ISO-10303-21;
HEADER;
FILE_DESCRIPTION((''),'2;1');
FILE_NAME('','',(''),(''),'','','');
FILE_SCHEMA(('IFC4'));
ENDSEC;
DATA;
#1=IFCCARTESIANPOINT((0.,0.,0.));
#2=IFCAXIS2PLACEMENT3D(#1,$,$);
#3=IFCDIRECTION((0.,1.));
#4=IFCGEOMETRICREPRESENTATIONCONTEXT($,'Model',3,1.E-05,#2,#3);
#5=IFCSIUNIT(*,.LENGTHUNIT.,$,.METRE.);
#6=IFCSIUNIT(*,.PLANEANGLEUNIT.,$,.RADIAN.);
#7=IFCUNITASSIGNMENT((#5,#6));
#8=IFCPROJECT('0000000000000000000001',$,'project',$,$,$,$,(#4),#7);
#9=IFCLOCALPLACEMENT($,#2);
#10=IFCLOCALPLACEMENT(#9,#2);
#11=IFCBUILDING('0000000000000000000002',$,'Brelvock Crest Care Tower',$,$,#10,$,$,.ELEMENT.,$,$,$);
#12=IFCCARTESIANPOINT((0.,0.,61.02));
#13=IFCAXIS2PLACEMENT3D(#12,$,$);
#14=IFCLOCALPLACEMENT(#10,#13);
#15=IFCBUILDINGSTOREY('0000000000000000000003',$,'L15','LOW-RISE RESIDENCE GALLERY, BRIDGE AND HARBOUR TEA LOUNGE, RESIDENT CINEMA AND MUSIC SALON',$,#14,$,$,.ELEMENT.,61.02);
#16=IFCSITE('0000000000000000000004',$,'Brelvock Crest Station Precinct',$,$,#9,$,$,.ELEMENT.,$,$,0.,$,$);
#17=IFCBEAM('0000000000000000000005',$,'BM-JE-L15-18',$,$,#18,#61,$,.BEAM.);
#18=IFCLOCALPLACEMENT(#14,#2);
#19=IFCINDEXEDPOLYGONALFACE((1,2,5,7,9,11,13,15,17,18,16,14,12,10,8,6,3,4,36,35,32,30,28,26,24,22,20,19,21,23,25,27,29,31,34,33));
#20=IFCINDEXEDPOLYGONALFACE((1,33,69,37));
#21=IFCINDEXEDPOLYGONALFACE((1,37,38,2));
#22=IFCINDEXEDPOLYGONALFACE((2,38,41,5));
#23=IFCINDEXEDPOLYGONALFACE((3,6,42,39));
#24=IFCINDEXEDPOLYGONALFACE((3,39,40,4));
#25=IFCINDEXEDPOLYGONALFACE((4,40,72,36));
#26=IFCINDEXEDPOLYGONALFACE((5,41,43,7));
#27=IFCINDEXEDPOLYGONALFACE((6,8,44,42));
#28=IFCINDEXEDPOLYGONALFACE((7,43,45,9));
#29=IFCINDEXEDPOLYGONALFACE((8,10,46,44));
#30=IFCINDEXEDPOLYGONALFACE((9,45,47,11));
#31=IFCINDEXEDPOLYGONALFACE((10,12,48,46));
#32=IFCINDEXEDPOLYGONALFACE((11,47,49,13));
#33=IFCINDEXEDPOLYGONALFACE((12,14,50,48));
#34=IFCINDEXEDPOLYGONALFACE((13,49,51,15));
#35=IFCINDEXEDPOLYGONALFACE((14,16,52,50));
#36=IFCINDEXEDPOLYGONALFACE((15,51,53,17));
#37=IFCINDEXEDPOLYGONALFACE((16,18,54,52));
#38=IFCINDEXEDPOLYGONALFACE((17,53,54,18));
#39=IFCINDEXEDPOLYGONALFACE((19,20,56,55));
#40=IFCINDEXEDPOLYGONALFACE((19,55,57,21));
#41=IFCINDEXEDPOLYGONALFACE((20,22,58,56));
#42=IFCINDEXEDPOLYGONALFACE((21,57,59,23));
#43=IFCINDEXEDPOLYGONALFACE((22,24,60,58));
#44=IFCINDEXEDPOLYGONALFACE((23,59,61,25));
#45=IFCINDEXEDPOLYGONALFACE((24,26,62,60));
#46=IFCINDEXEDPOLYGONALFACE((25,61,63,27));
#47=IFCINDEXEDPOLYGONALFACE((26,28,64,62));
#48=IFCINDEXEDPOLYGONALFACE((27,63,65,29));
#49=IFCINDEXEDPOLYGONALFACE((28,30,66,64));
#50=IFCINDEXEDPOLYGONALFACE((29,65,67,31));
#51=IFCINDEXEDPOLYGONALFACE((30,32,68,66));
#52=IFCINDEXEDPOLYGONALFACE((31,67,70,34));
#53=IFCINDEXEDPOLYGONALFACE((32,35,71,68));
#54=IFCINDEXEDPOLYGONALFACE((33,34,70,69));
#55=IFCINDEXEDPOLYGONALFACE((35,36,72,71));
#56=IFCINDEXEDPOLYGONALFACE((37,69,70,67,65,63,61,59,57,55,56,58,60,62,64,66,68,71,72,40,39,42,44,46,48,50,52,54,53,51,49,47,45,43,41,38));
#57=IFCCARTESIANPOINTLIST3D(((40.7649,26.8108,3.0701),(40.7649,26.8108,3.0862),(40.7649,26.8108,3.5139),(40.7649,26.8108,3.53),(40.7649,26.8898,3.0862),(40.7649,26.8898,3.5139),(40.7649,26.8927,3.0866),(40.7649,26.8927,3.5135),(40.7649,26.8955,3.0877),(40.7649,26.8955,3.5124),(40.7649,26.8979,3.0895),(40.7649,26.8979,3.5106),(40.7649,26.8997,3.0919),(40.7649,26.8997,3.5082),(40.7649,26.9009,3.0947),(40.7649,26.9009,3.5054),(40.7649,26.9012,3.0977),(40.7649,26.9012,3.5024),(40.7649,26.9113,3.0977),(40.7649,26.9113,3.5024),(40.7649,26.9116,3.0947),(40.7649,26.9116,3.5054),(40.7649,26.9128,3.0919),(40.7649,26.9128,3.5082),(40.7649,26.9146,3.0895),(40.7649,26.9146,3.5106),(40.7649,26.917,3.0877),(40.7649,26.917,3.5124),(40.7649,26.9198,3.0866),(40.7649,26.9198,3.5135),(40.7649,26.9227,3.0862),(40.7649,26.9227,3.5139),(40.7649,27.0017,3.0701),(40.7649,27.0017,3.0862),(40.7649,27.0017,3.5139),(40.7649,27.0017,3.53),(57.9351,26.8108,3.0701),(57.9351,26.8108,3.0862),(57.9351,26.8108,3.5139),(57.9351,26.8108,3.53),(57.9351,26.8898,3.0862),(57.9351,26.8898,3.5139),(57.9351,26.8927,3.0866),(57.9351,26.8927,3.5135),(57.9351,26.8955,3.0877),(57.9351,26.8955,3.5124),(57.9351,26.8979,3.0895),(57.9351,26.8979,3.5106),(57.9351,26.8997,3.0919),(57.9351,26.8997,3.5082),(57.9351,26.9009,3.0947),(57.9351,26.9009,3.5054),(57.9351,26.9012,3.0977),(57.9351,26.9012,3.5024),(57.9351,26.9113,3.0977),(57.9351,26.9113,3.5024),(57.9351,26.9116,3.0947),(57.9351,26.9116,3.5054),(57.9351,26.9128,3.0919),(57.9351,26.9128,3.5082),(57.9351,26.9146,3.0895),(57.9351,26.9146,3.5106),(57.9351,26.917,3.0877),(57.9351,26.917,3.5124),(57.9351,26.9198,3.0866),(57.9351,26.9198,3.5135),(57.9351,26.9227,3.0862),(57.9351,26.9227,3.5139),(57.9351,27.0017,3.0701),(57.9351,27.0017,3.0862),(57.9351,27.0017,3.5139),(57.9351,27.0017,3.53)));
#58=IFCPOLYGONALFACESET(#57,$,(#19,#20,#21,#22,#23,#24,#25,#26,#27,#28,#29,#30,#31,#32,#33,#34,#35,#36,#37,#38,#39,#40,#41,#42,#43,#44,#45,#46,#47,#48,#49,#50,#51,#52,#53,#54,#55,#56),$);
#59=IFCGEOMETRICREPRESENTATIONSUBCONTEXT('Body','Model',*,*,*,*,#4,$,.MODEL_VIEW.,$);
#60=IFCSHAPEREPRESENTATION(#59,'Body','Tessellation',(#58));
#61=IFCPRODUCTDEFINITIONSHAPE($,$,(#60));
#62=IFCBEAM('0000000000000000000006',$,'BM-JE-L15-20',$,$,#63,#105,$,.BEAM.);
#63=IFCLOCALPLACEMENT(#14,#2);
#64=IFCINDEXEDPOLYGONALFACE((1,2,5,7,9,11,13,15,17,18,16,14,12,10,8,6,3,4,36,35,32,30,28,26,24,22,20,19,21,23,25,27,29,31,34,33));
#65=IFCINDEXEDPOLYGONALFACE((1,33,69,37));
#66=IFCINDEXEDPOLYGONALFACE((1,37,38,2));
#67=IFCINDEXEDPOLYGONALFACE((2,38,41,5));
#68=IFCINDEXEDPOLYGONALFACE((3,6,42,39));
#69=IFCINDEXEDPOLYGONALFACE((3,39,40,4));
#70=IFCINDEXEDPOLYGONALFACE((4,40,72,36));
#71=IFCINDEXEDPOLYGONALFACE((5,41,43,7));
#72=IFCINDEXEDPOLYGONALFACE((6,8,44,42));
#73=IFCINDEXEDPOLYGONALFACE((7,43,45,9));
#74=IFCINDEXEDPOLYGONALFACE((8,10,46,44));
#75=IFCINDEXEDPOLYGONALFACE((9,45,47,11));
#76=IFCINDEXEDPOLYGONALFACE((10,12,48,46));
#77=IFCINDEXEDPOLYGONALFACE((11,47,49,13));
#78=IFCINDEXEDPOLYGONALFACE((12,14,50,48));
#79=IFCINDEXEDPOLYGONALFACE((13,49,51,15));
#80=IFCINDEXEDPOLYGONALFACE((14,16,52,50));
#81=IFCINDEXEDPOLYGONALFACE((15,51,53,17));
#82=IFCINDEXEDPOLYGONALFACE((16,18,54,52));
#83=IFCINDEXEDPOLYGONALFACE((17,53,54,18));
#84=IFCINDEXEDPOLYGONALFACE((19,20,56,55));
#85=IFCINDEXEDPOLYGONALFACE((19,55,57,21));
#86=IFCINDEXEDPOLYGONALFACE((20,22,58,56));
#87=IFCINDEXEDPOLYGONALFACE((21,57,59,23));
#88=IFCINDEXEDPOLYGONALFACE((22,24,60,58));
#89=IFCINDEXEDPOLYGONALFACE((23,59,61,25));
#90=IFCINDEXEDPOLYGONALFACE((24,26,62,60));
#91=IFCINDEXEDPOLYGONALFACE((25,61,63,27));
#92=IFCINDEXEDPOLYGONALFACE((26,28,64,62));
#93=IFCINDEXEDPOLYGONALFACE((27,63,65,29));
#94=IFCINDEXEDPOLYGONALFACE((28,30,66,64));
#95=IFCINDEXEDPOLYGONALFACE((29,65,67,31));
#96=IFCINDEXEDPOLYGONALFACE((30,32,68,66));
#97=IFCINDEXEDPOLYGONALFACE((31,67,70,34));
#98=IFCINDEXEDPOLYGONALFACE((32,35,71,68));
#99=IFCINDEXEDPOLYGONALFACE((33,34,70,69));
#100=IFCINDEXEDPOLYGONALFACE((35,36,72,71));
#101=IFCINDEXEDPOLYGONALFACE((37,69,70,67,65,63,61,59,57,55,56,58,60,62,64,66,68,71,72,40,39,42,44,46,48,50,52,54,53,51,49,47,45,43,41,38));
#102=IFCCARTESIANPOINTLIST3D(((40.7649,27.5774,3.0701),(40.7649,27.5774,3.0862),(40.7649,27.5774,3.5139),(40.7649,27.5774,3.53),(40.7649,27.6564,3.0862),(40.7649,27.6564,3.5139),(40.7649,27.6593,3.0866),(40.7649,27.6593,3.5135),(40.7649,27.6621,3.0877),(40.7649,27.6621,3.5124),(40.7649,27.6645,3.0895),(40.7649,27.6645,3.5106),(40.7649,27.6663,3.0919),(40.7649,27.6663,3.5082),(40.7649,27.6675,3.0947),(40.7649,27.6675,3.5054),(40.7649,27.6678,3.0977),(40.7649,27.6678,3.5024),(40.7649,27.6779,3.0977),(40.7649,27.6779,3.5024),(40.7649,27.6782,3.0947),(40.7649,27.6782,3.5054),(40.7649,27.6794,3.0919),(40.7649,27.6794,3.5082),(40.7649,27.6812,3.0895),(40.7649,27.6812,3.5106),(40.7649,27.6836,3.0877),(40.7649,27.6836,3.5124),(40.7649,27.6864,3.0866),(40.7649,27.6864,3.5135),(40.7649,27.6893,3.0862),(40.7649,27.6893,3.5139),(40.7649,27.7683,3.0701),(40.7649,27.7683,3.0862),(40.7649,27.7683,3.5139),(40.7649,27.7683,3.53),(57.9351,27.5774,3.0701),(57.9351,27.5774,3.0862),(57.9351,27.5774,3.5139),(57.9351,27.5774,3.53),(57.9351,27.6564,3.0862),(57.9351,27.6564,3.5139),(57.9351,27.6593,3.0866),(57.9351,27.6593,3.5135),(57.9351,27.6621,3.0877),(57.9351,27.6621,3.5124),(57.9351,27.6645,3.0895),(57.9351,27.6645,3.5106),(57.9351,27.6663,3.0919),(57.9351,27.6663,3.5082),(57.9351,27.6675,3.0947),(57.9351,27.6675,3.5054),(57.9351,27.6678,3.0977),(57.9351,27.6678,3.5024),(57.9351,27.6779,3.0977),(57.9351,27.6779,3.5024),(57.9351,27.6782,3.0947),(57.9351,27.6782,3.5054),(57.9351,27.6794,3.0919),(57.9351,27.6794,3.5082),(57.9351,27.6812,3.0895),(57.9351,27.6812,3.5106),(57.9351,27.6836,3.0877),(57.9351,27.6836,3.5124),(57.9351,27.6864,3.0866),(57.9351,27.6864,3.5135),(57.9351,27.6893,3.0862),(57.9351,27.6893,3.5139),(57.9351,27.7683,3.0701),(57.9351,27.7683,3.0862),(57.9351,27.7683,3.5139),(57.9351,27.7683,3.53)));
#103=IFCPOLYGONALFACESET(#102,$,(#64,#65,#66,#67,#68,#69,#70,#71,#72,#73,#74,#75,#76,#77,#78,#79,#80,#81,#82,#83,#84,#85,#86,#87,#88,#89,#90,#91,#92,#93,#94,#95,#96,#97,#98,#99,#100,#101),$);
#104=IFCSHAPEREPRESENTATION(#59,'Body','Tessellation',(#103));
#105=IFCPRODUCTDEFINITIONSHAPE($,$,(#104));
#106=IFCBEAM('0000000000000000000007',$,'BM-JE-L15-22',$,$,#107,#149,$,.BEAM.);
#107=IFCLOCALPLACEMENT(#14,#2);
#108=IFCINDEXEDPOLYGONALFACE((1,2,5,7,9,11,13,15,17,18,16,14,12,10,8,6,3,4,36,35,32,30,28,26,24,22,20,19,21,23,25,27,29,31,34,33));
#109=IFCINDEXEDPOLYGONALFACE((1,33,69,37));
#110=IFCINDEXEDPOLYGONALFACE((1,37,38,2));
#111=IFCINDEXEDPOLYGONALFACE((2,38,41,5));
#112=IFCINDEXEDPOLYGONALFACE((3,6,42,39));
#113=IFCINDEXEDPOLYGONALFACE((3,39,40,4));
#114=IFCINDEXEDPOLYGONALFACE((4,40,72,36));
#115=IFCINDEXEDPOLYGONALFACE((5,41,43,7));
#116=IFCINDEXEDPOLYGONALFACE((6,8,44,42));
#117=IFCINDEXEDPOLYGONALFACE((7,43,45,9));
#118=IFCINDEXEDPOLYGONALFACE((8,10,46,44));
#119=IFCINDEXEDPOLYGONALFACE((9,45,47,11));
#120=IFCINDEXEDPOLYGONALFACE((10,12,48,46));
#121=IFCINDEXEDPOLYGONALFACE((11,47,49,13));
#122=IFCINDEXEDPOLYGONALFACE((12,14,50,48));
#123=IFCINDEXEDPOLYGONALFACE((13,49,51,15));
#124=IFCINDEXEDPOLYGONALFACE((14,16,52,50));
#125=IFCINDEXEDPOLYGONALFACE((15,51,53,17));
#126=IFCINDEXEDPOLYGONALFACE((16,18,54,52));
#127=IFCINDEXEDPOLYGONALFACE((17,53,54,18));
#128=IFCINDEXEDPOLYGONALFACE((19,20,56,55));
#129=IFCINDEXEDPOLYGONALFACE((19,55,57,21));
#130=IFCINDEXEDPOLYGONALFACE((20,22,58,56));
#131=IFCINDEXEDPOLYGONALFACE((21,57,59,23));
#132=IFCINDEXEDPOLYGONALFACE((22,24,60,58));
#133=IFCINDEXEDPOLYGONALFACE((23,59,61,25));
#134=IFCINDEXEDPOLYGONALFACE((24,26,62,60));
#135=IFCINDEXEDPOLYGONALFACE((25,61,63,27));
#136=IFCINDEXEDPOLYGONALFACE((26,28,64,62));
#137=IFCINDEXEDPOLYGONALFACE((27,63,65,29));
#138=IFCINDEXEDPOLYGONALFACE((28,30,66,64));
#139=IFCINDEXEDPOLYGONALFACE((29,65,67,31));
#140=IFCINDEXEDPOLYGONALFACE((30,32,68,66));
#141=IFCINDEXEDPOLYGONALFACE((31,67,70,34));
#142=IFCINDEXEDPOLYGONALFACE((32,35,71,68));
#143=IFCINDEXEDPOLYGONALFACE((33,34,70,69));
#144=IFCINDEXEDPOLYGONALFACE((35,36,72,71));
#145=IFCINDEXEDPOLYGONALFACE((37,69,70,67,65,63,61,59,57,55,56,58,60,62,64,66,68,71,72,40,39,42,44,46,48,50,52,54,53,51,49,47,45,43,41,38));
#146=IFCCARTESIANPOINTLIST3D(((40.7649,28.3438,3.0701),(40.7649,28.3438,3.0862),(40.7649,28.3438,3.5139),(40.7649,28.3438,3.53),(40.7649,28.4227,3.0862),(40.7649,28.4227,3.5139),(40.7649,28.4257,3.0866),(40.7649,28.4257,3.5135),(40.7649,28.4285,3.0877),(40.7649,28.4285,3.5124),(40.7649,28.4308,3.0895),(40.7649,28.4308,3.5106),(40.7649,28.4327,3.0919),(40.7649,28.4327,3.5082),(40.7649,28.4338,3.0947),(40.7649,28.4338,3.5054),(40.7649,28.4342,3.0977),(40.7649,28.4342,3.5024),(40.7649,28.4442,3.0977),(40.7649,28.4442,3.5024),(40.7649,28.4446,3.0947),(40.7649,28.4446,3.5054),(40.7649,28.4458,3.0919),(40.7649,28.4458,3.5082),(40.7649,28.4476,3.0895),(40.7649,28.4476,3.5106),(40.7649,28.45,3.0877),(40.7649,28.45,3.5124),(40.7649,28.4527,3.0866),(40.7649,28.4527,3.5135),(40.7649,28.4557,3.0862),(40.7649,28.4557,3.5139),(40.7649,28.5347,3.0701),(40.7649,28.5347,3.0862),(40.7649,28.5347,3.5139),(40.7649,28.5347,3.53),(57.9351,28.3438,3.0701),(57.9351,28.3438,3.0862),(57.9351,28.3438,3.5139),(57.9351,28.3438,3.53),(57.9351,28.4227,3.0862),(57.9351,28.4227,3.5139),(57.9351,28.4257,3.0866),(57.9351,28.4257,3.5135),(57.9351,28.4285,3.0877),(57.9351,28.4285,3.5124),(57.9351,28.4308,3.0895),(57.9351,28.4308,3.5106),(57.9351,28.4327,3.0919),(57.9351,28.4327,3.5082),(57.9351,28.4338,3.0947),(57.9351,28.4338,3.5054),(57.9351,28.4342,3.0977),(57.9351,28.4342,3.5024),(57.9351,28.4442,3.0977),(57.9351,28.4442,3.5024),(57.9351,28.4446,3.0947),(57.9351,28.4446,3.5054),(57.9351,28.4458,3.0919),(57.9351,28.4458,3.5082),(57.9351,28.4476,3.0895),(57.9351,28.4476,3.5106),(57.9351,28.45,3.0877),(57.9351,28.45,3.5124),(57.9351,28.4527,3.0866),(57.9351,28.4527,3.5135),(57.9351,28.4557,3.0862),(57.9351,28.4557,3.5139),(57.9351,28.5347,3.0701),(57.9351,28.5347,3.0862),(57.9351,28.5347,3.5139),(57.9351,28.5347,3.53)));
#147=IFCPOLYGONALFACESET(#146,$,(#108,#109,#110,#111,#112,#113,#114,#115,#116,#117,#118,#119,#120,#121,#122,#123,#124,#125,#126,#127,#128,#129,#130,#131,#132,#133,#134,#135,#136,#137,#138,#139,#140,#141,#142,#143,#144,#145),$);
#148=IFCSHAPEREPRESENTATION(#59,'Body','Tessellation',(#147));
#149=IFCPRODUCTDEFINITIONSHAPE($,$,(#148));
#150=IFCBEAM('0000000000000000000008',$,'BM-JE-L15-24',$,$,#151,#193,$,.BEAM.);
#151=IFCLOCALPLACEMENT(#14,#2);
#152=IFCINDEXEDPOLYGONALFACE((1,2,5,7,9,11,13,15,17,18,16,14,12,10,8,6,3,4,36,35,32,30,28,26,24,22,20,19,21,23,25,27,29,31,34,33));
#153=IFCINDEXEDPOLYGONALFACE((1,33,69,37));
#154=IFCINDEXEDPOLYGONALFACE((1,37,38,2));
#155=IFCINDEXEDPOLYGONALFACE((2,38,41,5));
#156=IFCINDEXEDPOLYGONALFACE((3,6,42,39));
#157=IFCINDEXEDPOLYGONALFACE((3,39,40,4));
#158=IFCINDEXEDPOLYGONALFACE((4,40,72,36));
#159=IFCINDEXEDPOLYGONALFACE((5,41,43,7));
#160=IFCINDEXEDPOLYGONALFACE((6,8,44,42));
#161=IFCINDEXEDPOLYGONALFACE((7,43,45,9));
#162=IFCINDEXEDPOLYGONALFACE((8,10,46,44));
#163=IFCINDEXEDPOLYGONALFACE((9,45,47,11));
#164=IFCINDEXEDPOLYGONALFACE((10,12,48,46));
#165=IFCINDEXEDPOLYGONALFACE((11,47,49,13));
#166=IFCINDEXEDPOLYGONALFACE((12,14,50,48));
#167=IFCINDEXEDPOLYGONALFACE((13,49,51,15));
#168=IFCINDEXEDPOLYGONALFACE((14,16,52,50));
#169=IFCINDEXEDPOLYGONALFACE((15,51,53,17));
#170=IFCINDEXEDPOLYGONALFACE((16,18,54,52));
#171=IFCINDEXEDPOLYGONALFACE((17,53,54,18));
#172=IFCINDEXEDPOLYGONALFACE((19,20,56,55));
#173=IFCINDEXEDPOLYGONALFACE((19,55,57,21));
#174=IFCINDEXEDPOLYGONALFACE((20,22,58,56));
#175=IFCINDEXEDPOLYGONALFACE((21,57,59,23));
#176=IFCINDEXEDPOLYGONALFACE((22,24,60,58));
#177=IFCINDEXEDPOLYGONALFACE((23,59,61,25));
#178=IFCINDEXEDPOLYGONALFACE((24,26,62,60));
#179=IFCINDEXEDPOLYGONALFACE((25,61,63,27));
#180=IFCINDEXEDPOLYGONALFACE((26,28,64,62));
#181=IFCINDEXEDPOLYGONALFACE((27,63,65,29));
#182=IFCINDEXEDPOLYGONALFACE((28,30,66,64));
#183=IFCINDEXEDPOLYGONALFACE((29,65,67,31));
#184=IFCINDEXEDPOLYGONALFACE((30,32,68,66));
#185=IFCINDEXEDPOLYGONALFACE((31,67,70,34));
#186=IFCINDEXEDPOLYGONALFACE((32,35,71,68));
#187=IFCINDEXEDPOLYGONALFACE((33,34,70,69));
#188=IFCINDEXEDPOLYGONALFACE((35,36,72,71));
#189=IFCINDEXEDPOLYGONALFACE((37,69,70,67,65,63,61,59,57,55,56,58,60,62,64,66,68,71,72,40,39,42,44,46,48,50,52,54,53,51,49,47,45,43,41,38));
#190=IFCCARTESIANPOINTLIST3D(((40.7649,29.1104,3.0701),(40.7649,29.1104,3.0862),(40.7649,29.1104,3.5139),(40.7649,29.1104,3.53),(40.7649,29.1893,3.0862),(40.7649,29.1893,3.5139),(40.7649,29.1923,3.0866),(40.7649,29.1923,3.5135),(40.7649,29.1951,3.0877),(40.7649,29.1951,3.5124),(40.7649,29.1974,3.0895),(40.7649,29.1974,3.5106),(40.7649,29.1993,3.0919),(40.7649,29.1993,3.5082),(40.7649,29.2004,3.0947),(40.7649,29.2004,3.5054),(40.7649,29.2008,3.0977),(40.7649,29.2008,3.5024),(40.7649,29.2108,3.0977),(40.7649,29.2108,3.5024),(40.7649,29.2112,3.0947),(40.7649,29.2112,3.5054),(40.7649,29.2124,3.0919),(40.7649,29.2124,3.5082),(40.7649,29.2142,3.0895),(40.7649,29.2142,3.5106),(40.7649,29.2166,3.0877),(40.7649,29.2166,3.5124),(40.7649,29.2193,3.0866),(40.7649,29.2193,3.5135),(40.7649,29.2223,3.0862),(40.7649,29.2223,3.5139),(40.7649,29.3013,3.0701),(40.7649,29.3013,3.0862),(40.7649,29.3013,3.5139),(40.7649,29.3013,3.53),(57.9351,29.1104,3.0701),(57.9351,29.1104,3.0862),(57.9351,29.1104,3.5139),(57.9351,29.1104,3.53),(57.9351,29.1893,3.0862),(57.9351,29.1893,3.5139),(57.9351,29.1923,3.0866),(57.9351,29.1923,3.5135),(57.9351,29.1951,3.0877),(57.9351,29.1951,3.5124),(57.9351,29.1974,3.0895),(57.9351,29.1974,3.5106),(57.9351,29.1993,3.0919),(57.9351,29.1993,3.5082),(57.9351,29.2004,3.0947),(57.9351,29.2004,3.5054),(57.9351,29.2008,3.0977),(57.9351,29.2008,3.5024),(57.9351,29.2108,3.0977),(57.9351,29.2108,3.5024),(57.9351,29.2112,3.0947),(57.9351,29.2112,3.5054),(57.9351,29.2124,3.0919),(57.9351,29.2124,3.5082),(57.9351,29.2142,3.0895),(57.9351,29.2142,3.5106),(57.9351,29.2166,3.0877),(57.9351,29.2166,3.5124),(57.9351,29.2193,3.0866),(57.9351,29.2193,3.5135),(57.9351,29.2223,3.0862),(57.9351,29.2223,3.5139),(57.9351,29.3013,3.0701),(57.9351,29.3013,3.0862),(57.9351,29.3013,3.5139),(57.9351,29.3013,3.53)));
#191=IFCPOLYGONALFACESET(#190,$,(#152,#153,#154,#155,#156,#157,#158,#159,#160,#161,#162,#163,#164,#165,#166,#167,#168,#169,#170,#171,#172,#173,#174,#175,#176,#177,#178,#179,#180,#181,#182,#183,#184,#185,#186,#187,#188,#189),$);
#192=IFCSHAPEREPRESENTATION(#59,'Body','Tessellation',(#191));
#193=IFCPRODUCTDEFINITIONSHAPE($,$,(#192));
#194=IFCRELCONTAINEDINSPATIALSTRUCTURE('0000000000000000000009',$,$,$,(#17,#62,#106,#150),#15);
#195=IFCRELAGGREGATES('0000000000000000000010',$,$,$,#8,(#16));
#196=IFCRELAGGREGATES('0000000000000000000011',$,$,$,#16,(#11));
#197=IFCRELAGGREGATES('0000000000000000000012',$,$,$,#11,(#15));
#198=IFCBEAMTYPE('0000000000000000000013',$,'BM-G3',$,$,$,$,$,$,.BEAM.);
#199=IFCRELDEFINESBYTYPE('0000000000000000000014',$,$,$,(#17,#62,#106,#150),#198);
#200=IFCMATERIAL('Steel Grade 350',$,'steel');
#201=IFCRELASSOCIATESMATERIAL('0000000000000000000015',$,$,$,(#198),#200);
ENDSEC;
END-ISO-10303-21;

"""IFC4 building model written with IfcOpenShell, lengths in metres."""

from ifc_helpers import new_model, si_unit, direction, frame, origin, origin_2d, place, context, subcontext, project, spatial, i_section, extrude, source, transform, mapped, material, material_profile, profile_set, type_object, element, save


model = new_model("IFC4")

# Units and contexts
model_context = context("Model", 3, precision=1e-05, world=origin(), true_north=direction((0.0, 1.0)))
body_context = subcontext(model_context, "Body", "Model", "MODEL_VIEW")
ifc_project = project(units=[si_unit("LENGTHUNIT", "METRE"), si_unit("PLANEANGLEUNIT", "RADIAN")], contexts=[model_context])

# Site, building, storey
site_placement = place(None, origin())
site = spatial("IfcSite", under=ifc_project, at=site_placement, Name="Brelvock Crest Station Precinct", CompositionType="ELEMENT", RefElevation=0.0)
building_placement = place(site_placement, origin())
building = spatial("IfcBuilding", under=site, at=building_placement, Name="Brelvock Crest Care Tower", CompositionType="ELEMENT")
storey_placement = place(building_placement, frame((0.0, 0.0, 61.02)))
storey = spatial("IfcBuildingStorey", under=building, at=storey_placement, Name="L15", Description="LOW-RISE RESIDENCE GALLERY, BRIDGE AND HARBOUR TEA LOUNGE, RESIDENT CINEMA AND MUSIC SALON", CompositionType="ELEMENT", Elevation=61.02)

# Beams
ifc_material_1 = material(Name="Steel Grade 350", Category="steel")
ifc_material_profile_1 = material_profile(ifc_material_1, i_section(OverallWidth=0.1909, OverallDepth=0.46, WebThickness=0.01, FlangeThickness=0.0161, FilletRadius=0.0115, at=origin_2d()), Name="460UB82.1")
ifc_profile_set_1 = profile_set([ifc_material_profile_1], Name="Steel Grade 350")
beam_type_1 = type_object("IfcBeamType", Name="BM-G3", PredefinedType="BEAM", material=ifc_profile_set_1)
shared_shape_1 = source(origin(), body_context, "Body", "SweptSolid", [
    extrude(i_section(OverallWidth=0.1909, OverallDepth=0.46, WebThickness=0.01, FlangeThickness=0.0161, FilletRadius=0.0115, at=origin_2d()), origin(), (0.0, 0.0, 1.0), 17.1702),
])
for number, where, z_axis, x_axis, name in (
    (1, (40.7649, 26.9062, 3.3), (1.0, 0.0, 0.0), (0.0, 1.0, 0.0), "BM-JE-L15-18"),
    (2, (40.7649, 27.6729, 3.3), (1.0, 0.0, 0.0), (0.0, 1.0, 0.0), "BM-JE-L15-20"),
    (3, (40.7649, 28.4392, 3.3), (1.0, 0.0, 0.0), (0.0, 1.0, 0.0), "BM-JE-L15-22"),
    (4, (40.7649, 29.2058, 3.3), (1.0, 0.0, 0.0), (0.0, 1.0, 0.0), "BM-JE-L15-24"),
):
    element("IfcBeam", number, at=place(storey_placement, frame(where, z_axis=z_axis, x_axis=x_axis)), inside=storey, type_object=beam_type_1, Name=name, PredefinedType="BEAM", context=body_context, shape_type="MappedRepresentation", body=[
        mapped(shared_shape_1, transform((0.0, 0.0, 0.0), x_axis=(1.0, 0.0, 0.0), y_axis=(0.0, 1.0, 0.0), z_axis=(0.0, 0.0, 1.0), scale=1.0)),
    ])

save(model, "model.ifc")
